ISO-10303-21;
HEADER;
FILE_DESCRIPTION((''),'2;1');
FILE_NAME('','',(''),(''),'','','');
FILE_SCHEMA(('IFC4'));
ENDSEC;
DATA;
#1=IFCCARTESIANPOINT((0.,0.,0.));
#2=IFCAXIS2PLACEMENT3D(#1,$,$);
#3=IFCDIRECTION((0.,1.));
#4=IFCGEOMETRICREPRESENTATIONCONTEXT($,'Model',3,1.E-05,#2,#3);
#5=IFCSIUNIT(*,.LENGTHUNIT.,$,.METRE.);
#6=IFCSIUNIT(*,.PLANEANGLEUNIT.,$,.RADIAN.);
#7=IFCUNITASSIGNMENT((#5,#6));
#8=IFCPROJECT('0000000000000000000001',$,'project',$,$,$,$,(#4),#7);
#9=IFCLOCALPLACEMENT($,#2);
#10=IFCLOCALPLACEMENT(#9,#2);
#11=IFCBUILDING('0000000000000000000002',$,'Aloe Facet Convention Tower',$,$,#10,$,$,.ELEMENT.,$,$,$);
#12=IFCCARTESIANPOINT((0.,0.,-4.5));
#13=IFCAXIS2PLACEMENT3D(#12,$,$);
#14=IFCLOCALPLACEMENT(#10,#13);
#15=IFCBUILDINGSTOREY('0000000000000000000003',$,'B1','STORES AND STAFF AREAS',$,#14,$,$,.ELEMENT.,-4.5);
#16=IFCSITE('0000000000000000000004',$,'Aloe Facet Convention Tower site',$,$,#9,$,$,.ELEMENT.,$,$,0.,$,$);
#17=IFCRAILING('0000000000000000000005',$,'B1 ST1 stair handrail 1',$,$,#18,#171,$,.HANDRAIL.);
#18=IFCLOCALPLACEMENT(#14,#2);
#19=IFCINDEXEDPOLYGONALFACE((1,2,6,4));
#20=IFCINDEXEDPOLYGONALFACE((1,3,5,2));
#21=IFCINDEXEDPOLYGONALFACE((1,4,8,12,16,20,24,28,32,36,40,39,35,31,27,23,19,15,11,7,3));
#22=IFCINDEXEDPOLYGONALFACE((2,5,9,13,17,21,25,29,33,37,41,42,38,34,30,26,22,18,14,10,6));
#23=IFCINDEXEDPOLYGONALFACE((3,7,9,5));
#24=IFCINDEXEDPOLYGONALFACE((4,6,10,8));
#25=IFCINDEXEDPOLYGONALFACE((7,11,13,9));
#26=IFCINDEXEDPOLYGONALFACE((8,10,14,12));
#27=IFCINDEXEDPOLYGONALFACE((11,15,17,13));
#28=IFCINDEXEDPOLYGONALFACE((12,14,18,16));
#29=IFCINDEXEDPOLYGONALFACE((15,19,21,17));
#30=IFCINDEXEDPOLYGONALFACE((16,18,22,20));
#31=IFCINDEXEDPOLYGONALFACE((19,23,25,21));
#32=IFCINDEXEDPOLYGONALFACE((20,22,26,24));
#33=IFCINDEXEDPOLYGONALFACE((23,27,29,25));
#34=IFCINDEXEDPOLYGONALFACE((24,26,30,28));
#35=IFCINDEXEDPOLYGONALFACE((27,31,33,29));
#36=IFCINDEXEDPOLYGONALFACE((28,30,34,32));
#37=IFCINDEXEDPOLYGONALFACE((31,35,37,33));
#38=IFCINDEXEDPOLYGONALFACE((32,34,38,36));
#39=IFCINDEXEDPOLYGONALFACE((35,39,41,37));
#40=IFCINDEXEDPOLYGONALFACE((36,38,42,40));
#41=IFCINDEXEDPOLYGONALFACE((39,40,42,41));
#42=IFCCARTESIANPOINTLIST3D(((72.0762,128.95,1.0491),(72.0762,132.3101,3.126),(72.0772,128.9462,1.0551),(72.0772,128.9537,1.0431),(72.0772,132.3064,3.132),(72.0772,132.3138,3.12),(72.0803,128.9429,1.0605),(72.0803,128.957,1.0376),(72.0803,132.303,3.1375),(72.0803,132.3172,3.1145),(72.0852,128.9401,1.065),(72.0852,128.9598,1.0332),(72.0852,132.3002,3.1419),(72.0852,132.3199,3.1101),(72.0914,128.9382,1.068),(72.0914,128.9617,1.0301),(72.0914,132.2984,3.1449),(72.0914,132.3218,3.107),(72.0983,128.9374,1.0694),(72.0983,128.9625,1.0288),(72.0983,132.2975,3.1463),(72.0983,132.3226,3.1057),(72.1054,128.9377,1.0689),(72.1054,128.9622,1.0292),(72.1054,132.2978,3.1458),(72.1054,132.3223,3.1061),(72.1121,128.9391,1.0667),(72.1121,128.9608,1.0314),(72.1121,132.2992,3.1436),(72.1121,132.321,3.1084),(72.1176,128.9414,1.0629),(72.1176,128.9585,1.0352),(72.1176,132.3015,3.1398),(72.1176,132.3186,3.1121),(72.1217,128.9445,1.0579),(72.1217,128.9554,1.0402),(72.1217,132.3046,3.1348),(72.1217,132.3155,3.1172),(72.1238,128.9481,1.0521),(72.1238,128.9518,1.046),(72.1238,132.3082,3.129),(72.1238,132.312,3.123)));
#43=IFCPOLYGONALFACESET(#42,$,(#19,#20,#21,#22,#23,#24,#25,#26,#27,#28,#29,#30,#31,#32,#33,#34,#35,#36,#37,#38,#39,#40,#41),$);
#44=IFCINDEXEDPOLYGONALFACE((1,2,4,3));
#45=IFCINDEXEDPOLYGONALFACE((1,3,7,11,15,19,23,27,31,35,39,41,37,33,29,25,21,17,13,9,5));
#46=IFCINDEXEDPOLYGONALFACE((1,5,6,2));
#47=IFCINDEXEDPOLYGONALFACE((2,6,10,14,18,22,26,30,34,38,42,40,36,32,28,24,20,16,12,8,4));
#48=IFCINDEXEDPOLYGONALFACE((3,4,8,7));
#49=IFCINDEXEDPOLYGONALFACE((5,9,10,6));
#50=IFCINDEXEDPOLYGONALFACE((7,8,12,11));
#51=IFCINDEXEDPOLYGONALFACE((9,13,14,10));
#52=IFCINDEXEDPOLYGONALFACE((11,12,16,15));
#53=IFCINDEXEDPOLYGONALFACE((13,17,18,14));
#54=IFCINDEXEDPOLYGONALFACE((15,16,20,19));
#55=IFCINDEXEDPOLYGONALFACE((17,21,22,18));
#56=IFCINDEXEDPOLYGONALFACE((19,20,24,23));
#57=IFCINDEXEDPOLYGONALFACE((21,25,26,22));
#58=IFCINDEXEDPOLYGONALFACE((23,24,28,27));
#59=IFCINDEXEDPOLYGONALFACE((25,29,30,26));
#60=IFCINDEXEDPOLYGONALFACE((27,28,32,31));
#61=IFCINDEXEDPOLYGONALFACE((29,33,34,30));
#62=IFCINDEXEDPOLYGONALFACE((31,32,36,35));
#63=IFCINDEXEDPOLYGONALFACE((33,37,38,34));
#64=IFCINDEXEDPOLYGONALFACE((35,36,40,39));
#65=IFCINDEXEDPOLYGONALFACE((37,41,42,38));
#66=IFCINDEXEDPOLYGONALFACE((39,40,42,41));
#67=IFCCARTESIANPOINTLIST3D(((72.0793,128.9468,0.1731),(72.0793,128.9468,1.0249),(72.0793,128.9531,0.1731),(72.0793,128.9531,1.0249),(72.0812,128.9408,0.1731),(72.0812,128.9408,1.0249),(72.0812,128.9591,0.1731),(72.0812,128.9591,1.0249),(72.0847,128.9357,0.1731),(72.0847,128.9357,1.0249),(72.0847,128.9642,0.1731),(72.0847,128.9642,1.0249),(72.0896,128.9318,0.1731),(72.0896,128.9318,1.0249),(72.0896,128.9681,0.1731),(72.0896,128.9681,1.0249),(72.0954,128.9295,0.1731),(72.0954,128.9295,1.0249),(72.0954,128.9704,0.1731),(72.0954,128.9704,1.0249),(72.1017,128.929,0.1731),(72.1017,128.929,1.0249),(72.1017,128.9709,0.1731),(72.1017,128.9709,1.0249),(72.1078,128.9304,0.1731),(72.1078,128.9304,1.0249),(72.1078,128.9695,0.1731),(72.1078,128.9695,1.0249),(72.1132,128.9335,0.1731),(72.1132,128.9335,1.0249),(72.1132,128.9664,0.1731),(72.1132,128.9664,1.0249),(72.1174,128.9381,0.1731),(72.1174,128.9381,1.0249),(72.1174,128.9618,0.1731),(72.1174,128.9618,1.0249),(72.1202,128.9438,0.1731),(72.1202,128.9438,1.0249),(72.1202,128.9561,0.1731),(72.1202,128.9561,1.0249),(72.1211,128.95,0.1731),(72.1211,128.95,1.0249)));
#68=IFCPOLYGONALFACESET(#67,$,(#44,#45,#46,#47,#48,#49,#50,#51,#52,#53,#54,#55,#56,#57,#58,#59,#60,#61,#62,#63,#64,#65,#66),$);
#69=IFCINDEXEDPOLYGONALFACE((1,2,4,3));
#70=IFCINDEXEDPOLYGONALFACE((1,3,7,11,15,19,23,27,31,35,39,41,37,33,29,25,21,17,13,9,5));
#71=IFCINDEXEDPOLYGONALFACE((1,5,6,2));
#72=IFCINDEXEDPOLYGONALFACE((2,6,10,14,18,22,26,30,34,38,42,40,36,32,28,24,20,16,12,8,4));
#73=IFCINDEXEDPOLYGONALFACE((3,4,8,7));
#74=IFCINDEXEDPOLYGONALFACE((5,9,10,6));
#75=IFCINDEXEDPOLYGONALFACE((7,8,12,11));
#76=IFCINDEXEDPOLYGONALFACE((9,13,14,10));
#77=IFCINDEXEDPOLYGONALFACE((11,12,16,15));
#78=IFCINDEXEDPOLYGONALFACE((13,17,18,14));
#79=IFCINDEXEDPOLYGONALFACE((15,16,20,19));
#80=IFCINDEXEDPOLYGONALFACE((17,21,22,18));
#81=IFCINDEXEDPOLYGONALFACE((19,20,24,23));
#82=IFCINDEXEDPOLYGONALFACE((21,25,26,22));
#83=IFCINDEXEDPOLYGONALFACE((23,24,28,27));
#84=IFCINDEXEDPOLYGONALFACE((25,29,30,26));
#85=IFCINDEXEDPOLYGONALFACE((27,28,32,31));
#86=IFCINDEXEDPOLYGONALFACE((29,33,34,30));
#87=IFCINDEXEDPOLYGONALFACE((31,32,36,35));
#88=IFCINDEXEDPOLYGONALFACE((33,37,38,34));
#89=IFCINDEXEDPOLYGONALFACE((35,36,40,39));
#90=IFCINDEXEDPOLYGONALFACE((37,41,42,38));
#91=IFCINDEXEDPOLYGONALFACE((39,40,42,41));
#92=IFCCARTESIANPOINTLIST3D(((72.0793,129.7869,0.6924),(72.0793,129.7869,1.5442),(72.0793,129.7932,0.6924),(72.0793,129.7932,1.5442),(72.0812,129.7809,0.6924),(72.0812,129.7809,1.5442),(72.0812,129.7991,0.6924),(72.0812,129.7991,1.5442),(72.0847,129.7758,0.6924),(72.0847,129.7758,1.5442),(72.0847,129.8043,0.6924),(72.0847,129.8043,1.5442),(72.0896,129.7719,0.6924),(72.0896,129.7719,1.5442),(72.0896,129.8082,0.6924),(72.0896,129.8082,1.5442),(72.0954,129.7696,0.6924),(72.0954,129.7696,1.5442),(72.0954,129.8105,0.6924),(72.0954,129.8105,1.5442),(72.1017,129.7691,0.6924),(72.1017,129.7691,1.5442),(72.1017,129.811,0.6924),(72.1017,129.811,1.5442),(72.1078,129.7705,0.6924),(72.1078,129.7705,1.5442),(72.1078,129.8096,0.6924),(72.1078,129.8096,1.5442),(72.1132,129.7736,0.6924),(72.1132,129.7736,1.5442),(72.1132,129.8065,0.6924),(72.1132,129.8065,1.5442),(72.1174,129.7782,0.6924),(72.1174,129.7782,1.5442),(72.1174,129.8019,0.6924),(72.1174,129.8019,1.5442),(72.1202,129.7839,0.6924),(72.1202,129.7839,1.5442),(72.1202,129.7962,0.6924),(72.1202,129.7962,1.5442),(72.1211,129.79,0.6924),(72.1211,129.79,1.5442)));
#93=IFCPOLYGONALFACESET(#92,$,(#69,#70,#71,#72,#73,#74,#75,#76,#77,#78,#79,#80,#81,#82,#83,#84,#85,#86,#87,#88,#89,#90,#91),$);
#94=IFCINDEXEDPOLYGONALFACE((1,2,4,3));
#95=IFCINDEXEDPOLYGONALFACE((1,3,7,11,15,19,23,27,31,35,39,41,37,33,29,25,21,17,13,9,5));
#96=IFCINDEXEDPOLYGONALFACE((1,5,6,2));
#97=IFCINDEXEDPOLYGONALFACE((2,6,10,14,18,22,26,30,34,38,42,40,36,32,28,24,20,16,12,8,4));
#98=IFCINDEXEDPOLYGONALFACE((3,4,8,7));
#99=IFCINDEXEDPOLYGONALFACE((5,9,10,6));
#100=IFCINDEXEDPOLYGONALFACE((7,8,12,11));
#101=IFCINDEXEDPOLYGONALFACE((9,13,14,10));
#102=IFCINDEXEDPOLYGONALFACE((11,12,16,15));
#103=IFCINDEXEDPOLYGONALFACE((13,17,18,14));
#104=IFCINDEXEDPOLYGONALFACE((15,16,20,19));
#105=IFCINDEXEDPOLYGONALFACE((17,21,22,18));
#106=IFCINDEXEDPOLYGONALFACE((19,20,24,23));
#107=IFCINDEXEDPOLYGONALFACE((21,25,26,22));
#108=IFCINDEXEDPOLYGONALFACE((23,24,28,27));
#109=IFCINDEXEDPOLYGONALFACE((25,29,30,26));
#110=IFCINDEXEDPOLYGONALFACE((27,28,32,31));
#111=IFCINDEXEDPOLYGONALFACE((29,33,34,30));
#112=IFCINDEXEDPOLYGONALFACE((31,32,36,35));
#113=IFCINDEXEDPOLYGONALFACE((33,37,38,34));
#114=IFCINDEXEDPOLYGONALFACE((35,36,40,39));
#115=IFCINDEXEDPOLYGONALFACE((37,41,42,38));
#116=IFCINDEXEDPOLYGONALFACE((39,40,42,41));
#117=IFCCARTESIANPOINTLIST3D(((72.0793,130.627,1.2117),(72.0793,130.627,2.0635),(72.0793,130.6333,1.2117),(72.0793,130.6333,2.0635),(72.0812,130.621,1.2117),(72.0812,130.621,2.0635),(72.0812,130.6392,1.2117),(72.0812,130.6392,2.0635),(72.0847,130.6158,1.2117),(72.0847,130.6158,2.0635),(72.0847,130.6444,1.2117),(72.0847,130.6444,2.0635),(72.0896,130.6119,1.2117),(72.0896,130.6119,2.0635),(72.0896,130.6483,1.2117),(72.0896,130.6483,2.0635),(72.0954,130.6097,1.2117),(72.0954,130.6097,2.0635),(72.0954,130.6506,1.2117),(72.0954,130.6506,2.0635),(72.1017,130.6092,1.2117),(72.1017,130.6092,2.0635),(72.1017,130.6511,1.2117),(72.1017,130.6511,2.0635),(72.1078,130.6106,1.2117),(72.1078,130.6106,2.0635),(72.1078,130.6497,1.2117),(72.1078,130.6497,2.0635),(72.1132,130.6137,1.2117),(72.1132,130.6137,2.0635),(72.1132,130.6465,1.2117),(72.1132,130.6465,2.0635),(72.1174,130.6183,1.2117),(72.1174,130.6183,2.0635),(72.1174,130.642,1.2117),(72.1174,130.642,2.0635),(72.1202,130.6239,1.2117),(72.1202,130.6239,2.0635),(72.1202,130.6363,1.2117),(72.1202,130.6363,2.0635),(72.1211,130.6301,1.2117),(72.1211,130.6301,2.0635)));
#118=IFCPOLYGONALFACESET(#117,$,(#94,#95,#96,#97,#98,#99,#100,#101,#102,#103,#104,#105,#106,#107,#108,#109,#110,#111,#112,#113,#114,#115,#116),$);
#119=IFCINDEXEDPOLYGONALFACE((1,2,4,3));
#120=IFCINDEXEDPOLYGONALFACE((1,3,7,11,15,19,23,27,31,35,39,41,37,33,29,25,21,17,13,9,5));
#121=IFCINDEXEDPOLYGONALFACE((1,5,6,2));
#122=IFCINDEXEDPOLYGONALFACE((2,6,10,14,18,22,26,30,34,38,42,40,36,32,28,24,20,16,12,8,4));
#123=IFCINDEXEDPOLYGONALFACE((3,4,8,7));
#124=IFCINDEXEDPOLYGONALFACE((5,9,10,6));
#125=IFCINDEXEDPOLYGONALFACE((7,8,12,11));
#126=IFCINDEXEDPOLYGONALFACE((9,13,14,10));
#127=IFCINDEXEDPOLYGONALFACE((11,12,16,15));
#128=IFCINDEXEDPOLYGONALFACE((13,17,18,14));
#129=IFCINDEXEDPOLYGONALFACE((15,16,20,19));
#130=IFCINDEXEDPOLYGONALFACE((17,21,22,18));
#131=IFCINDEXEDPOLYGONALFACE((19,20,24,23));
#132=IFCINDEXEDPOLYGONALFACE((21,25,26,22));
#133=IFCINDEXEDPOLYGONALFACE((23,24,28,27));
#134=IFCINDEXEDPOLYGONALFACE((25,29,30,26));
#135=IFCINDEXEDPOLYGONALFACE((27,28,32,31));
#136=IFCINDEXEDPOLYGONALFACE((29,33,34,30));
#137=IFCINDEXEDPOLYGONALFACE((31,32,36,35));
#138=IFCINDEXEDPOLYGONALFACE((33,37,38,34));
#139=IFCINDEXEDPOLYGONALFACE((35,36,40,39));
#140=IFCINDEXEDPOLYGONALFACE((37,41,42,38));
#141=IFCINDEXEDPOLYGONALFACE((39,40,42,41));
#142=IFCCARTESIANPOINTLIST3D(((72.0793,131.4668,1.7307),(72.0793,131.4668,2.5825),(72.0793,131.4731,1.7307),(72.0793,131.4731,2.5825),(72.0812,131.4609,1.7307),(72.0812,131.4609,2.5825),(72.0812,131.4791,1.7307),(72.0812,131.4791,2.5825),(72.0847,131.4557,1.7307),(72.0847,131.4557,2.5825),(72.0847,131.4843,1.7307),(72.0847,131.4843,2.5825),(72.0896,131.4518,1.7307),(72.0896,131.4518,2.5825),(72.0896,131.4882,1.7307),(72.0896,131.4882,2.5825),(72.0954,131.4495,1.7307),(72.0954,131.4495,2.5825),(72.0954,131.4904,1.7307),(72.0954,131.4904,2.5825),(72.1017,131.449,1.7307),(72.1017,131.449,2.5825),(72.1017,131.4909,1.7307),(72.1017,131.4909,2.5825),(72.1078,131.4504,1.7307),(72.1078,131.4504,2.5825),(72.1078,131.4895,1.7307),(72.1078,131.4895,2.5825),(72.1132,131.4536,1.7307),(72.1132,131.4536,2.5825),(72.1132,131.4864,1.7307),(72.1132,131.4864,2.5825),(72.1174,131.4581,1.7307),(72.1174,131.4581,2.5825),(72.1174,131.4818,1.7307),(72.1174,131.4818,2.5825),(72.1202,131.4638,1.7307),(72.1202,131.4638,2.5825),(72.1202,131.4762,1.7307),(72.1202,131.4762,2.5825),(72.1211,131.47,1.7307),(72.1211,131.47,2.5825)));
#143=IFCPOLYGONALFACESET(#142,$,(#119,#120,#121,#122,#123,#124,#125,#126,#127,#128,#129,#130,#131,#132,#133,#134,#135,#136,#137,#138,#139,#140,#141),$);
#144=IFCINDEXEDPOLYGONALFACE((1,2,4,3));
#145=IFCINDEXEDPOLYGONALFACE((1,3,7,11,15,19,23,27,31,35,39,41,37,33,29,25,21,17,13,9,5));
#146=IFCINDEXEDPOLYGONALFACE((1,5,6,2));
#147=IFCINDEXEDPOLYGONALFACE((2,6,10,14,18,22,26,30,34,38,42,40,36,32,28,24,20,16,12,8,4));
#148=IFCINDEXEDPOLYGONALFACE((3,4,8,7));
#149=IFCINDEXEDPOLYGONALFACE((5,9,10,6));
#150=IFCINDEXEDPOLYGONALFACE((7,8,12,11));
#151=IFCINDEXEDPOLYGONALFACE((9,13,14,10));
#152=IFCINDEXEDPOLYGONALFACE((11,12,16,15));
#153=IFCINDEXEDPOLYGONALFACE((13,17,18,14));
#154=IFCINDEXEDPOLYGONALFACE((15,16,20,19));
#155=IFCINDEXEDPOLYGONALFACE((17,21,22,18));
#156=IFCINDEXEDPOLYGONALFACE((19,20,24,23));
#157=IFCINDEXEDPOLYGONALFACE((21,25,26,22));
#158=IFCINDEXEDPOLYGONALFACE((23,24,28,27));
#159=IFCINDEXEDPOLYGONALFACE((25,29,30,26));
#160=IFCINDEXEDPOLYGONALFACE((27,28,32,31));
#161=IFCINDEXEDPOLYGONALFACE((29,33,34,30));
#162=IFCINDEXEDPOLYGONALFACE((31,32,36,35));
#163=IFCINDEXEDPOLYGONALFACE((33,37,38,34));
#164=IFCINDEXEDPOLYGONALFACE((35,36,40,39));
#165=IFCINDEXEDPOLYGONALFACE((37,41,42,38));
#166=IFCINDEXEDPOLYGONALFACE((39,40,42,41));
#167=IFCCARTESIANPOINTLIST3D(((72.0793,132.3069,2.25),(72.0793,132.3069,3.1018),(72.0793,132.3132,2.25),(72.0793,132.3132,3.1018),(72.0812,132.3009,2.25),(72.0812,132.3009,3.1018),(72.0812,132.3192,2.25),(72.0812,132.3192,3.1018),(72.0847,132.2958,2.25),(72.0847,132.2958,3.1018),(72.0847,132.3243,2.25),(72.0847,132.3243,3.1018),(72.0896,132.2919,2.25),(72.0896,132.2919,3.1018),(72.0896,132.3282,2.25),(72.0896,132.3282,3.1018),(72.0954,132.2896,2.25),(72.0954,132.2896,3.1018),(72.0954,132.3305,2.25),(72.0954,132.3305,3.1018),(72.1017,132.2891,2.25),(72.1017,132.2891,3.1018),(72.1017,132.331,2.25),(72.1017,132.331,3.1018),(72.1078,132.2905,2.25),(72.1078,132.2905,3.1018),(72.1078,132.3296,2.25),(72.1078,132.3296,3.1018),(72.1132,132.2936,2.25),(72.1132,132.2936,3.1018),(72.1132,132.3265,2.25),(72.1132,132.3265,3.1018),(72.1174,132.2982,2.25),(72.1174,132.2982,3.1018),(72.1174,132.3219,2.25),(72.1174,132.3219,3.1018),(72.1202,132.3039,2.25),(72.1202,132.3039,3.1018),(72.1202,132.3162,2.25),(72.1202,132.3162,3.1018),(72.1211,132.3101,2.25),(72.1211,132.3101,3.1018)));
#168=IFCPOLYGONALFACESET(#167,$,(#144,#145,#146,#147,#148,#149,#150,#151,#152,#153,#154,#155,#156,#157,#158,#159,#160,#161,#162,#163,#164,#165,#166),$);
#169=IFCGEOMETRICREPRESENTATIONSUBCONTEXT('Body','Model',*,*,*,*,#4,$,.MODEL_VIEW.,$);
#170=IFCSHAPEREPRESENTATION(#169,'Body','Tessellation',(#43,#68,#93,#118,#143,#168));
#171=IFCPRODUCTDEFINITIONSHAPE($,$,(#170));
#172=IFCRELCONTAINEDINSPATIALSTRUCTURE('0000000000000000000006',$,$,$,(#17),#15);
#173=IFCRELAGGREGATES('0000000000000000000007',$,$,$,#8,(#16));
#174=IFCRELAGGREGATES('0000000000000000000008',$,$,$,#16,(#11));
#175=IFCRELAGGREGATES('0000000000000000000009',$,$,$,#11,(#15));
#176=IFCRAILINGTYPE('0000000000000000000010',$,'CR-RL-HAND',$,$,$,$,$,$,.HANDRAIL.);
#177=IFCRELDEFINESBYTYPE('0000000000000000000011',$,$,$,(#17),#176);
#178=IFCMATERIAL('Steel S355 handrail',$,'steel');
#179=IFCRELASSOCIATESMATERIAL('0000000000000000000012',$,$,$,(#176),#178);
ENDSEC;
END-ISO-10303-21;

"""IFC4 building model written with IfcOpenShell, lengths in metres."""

from ifc_helpers import new_model, si_unit, direction, frame, origin, origin_2d, place, context, subcontext, project, spatial, circle, extrude, material, type_object, element, save


model = new_model("IFC4")

# Units and contexts
model_context = context("Model", 3, precision=1e-05, world=origin(), true_north=direction((0.0, 1.0)))
body_context = subcontext(model_context, "Body", "Model", "MODEL_VIEW")
ifc_project = project(units=[si_unit("LENGTHUNIT", "METRE"), si_unit("PLANEANGLEUNIT", "RADIAN")], contexts=[model_context])

# Site, building, storey
site_placement = place(None, origin())
site = spatial("IfcSite", under=ifc_project, at=site_placement, Name="Aloe Facet Convention Tower site", CompositionType="ELEMENT", RefElevation=0.0)
building_placement = place(site_placement, origin())
building = spatial("IfcBuilding", under=site, at=building_placement, Name="Aloe Facet Convention Tower", CompositionType="ELEMENT")
storey_placement = place(building_placement, frame((0.0, 0.0, -4.5)))
storey = spatial("IfcBuildingStorey", under=building, at=storey_placement, Name="B1", Description="STORES AND STAFF AREAS", CompositionType="ELEMENT", Elevation=-4.5)

# Railing
ifc_material_1 = material(Name="Steel S355 handrail", Category="steel")
railing_type_1 = type_object("IfcRailingType", Name="CR-RL-HAND", PredefinedType="HANDRAIL", material=ifc_material_1)
railing_1_placement = place(storey_placement, frame((72.1001, 128.95, 0.1731)))
element("IfcRailing", 1, at=railing_1_placement, inside=storey, type_object=railing_type_1, Name="B1 ST1 stair handrail 1", PredefinedType="HANDRAIL", context=body_context, shape_type="SweptSolid", body=[
    extrude(circle(Radius=0.0239, at=origin_2d()), frame((0.0, 0.0, 0.876), z_axis=(0.0, 0.850623, 0.525776), x_axis=(-1.0, 0.0, 0.0)), (0.0, 0.0, 1.0), 3.9502),
    extrude(circle(Radius=0.021, at=origin_2d()), origin(), (0.0, 0.0, 1.0), 0.8518),
    extrude(circle(Radius=0.021, at=origin_2d()), frame((0.0, 0.8401, 0.5193)), (0.0, 0.0, 1.0), 0.8518),
    extrude(circle(Radius=0.021, at=origin_2d()), frame((0.0, 1.6802, 1.0386)), (0.0, 0.0, 1.0), 0.8518),
    extrude(circle(Radius=0.021, at=origin_2d()), frame((0.0, 2.52, 1.5576)), (0.0, 0.0, 1.0), 0.8518),
    extrude(circle(Radius=0.021, at=origin_2d()), frame((0.0, 3.3601, 2.0769)), (0.0, 0.0, 1.0), 0.8518),
])

save(model, "model.ifc")
